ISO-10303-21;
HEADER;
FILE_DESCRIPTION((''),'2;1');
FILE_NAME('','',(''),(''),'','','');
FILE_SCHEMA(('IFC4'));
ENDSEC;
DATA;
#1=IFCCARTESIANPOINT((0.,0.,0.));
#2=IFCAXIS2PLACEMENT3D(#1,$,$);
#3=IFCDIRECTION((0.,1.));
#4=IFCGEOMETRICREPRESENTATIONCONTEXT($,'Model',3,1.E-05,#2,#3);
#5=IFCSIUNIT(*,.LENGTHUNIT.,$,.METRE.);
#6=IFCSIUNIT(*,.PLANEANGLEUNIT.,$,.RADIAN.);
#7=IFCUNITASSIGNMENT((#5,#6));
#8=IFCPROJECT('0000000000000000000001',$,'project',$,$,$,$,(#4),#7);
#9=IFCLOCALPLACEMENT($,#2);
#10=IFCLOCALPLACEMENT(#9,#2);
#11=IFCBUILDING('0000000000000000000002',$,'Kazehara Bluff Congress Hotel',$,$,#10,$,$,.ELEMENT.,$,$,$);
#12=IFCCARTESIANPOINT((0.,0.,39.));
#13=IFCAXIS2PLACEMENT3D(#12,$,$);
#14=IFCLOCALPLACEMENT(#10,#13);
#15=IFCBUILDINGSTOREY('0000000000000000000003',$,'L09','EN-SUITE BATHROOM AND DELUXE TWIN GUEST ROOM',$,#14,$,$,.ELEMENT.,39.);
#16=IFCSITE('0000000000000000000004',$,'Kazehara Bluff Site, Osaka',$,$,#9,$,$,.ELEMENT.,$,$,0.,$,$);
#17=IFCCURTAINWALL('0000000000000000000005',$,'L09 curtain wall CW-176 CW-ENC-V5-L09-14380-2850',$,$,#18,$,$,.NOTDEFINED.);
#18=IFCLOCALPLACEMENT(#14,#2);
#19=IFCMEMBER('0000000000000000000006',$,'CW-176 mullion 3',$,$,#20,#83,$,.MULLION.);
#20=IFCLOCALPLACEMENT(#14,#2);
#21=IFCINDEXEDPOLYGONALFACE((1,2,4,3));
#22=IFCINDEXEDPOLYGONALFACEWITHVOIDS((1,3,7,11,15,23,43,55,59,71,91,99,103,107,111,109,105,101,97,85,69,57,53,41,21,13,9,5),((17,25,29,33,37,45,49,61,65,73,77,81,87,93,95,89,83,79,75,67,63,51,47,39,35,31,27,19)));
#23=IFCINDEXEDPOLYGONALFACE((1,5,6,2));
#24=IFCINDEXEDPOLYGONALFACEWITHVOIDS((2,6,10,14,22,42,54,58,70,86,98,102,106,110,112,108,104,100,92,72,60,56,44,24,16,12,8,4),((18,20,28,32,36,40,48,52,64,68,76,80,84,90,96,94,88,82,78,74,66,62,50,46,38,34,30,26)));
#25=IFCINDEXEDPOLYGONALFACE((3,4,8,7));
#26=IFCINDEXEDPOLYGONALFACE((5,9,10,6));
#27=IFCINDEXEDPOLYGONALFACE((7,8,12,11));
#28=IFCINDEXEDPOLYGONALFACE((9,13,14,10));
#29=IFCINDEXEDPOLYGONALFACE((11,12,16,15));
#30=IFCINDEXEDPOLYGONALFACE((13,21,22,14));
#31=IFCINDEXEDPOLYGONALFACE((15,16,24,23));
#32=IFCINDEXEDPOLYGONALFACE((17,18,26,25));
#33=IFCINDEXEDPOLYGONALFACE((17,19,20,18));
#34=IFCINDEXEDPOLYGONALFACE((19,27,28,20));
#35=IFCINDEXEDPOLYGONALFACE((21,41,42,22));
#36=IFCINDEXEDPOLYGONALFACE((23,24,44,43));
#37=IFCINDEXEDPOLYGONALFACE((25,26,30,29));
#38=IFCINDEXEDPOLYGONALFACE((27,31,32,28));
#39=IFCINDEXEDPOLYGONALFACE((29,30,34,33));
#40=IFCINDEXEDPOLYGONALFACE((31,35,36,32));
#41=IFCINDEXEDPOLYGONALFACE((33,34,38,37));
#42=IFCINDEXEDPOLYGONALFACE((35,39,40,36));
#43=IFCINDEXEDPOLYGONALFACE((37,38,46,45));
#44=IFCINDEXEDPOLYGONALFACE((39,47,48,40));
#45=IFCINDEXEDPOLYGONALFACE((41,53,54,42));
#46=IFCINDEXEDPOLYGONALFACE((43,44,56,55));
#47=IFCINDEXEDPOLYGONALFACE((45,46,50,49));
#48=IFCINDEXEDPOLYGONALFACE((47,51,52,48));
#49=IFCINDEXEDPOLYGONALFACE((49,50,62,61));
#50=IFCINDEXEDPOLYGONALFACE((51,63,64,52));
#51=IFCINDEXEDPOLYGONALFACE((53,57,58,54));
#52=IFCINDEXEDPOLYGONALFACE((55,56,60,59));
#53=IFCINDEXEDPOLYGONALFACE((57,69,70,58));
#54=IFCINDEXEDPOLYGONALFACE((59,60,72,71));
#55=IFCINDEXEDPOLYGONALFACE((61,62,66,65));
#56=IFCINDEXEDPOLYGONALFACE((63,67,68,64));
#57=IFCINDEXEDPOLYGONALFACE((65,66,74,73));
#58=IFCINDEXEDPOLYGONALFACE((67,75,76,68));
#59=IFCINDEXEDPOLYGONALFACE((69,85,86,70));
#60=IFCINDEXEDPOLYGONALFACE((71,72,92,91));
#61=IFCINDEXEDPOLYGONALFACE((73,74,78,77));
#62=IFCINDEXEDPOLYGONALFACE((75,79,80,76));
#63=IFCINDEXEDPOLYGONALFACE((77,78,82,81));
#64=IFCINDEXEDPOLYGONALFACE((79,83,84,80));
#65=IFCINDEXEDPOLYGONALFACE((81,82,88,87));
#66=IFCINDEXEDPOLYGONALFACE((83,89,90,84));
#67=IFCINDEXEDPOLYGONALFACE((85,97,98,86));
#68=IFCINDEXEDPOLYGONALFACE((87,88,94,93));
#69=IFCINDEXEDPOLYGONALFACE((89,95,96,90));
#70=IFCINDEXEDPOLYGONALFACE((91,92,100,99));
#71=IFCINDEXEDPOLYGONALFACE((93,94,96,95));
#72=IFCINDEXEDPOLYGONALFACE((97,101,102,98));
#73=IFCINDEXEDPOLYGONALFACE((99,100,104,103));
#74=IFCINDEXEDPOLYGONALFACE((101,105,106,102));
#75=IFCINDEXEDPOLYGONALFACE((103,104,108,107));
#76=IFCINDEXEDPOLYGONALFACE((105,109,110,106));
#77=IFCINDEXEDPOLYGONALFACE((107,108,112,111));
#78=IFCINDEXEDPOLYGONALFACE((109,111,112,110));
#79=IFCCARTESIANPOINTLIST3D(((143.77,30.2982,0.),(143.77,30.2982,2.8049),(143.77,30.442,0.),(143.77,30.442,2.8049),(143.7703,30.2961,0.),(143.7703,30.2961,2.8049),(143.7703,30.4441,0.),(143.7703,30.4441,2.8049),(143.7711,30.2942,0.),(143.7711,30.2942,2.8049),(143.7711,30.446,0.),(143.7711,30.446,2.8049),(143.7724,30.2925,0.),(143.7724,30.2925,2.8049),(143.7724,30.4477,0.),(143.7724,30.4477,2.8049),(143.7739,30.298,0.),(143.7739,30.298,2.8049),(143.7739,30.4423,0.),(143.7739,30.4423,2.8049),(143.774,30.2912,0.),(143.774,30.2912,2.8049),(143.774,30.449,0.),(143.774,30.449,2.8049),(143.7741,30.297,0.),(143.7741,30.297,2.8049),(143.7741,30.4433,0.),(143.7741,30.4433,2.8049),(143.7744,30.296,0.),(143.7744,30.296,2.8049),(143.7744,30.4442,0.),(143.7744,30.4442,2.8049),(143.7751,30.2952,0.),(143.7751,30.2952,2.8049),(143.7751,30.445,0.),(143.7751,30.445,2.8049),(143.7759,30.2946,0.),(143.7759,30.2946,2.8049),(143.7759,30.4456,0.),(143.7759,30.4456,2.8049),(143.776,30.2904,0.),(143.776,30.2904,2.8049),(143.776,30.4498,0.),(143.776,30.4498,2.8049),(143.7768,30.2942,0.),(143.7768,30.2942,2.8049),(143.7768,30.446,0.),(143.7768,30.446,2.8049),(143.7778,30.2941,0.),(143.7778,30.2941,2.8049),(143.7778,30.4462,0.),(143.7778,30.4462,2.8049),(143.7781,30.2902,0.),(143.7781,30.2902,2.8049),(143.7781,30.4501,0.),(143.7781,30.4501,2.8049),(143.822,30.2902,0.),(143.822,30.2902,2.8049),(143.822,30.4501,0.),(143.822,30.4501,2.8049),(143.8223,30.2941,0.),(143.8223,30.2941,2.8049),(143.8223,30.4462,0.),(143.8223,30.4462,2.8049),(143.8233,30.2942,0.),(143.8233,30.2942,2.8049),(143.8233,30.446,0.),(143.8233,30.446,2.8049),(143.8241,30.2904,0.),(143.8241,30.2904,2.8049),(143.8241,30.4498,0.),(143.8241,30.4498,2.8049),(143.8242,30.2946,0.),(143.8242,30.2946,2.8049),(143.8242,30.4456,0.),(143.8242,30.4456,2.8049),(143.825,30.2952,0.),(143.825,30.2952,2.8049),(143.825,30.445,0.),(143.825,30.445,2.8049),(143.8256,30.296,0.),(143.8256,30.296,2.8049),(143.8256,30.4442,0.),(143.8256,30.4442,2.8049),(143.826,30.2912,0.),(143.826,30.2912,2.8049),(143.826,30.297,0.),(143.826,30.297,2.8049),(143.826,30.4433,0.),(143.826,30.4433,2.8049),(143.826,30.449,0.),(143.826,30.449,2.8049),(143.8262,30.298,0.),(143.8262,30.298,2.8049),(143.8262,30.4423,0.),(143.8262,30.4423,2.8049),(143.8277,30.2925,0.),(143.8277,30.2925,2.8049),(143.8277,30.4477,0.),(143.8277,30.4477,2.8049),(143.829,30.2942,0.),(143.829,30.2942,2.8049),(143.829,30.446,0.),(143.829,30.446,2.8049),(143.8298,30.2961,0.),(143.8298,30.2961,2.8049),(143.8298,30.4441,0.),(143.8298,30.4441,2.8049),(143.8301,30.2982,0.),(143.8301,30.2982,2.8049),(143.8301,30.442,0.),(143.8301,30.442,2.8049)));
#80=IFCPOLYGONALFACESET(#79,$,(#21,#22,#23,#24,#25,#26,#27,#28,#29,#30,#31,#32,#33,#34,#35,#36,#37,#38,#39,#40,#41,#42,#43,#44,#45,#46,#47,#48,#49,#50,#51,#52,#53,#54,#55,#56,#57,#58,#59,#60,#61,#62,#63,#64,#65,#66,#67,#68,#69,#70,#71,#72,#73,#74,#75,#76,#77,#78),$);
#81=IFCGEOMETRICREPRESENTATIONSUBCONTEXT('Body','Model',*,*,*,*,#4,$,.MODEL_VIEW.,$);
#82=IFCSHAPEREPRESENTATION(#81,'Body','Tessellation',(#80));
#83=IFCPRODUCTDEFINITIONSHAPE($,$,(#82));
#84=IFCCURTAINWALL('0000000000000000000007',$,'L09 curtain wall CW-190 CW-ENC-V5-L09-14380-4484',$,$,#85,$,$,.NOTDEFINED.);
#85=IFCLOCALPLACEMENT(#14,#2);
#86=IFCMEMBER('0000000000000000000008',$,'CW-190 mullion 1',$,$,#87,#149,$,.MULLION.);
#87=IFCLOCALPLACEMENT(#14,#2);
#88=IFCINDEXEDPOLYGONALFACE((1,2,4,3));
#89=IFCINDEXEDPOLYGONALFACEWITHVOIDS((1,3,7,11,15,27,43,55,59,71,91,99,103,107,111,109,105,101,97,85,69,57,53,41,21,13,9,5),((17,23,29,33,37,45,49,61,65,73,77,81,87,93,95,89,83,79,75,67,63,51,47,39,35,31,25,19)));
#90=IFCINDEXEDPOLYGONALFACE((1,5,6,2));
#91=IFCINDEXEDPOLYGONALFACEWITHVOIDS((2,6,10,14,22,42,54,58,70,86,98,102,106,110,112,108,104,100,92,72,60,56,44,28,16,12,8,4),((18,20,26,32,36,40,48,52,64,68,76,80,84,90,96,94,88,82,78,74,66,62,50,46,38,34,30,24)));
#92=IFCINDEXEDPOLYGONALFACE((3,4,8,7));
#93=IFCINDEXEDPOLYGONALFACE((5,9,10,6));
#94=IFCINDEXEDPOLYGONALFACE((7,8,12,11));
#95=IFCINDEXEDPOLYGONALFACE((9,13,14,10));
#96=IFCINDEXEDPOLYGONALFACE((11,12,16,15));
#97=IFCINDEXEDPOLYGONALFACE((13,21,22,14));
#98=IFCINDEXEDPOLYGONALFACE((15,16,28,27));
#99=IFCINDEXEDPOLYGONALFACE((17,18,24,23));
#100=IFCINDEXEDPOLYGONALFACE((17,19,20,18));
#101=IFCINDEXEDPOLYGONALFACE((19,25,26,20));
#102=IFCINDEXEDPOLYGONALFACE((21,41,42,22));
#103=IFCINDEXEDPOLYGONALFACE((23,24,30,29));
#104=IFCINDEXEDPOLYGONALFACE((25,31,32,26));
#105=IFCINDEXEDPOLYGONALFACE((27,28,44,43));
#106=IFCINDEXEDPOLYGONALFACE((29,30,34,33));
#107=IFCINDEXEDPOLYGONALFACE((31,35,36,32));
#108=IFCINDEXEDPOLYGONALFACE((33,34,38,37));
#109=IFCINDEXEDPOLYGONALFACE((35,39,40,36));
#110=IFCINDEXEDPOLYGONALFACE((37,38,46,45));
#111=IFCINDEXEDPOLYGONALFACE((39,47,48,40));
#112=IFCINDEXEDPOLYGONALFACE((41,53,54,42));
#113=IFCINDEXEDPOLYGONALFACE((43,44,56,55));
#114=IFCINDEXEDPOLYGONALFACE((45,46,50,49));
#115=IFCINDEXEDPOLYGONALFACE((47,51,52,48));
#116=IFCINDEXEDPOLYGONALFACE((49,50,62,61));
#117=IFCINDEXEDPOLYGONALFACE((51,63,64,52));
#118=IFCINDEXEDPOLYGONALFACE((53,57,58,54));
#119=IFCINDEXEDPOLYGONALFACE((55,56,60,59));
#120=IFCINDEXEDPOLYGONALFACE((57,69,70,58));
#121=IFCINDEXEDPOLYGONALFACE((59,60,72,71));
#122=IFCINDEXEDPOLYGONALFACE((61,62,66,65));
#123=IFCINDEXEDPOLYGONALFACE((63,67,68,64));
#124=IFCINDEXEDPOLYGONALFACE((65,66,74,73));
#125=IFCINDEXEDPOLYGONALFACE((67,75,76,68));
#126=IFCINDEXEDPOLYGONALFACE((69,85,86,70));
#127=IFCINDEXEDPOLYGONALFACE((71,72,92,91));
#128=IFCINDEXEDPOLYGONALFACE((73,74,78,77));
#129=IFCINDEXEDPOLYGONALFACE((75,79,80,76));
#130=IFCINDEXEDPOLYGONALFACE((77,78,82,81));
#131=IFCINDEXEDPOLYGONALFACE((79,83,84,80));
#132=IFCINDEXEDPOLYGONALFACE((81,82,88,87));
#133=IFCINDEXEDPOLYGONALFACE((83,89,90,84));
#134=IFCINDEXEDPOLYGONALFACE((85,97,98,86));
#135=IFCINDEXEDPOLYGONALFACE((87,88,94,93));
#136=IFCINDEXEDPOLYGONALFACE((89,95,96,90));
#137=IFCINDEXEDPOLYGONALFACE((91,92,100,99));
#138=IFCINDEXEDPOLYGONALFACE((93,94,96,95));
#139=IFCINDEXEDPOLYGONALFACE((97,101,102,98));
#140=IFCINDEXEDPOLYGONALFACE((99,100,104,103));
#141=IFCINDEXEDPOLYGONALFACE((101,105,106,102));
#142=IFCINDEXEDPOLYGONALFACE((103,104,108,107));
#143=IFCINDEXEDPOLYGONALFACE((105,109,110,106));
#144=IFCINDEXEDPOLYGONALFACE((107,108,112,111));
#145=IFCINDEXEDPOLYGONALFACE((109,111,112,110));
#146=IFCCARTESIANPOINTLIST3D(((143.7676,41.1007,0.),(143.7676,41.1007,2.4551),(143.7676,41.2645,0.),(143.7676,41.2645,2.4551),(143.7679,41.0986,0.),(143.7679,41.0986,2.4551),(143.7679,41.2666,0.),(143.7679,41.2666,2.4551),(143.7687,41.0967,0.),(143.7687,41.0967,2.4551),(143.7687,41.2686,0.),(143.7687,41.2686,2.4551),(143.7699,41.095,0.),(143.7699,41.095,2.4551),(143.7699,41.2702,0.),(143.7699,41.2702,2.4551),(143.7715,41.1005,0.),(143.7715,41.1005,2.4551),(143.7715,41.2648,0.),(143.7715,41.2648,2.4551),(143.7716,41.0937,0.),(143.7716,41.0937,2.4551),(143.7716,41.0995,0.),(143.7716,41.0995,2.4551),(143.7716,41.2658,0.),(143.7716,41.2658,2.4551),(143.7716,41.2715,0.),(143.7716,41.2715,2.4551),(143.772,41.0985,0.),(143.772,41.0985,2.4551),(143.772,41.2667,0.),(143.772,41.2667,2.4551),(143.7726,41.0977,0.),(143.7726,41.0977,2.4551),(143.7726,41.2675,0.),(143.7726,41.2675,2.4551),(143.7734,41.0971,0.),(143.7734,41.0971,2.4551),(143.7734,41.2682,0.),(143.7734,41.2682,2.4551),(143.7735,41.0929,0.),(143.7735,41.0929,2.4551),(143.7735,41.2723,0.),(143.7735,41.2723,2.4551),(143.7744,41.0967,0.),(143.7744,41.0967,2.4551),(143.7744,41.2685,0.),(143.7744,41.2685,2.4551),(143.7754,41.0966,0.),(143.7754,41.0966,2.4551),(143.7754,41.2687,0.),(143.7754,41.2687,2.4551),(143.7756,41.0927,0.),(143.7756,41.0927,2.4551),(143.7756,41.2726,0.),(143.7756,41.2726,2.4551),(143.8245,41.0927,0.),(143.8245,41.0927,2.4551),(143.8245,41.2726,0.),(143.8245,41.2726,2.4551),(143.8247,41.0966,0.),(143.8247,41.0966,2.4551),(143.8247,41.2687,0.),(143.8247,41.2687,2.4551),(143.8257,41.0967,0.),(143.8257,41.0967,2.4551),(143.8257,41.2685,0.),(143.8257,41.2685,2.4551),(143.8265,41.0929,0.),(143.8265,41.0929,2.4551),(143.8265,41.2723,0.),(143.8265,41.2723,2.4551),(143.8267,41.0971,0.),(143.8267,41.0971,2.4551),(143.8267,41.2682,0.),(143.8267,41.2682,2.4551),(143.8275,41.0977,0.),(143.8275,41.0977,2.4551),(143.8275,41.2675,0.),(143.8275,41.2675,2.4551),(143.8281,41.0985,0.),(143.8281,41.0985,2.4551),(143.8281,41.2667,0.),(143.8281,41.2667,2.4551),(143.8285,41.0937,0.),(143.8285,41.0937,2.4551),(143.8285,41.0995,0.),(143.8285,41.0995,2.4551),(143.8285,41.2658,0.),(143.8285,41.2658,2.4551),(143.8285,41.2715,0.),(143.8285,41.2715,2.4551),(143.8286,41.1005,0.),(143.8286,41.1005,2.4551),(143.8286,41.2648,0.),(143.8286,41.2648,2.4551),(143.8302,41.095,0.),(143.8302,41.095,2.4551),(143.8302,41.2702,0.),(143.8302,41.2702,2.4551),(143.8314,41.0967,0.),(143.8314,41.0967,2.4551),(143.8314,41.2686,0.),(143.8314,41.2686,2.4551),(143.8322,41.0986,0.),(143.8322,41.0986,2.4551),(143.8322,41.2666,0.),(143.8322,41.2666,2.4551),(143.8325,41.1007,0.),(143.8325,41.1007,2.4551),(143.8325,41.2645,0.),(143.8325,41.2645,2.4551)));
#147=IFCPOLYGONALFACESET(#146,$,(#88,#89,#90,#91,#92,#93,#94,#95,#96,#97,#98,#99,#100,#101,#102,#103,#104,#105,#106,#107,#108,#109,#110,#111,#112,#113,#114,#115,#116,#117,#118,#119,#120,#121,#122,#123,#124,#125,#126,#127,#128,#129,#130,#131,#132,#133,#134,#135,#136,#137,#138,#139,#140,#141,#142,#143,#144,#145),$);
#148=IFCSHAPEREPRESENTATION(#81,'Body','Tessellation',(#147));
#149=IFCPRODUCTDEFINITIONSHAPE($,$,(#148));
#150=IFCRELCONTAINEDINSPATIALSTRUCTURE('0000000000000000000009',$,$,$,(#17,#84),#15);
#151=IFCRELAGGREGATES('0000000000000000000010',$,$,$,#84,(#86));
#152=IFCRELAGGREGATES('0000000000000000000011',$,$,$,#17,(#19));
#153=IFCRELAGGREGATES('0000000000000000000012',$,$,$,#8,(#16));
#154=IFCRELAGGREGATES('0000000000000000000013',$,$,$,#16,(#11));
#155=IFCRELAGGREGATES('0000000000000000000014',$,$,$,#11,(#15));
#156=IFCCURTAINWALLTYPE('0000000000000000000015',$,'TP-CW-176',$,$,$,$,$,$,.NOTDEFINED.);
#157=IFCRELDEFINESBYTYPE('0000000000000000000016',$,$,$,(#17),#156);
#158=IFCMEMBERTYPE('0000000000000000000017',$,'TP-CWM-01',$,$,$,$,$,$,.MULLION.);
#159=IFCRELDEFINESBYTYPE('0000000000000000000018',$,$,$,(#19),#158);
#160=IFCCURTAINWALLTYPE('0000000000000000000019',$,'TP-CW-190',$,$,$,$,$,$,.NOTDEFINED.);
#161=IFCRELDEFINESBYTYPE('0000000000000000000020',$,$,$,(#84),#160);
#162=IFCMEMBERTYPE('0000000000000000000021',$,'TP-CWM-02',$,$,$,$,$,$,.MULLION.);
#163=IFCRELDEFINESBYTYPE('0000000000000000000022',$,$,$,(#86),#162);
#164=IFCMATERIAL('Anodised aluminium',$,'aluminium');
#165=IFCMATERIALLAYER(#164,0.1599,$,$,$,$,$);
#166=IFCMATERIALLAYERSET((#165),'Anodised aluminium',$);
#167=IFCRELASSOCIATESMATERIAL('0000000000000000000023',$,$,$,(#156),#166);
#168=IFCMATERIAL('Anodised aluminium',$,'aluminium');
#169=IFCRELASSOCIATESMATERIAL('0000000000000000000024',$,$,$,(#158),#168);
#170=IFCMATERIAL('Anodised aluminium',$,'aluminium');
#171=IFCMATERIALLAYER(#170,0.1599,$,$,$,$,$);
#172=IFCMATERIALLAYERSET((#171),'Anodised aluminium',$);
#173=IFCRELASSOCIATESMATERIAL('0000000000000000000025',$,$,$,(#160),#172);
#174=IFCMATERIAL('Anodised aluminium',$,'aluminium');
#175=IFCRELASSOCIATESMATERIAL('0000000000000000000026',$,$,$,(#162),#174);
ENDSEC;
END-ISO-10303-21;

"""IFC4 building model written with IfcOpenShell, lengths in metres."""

from ifc_helpers import new_model, si_unit, direction, frame, origin, origin_2d, place, context, subcontext, project, spatial, hollow_rectangle, extrude, material, layer, layer_set, material_profile, profile_set, type_object, element, aggregate, save


model = new_model("IFC4")

# Units and contexts
model_context = context("Model", 3, precision=1e-05, world=origin(), true_north=direction((0.0, 1.0)))
body_context = subcontext(model_context, "Body", "Model", "MODEL_VIEW")
ifc_project = project(units=[si_unit("LENGTHUNIT", "METRE"), si_unit("PLANEANGLEUNIT", "RADIAN")], contexts=[model_context])

# Site, building, storey
site_placement = place(None, origin())
site = spatial("IfcSite", under=ifc_project, at=site_placement, Name="Kazehara Bluff Site, Osaka", CompositionType="ELEMENT", RefElevation=0.0)
building_placement = place(site_placement, origin())
building = spatial("IfcBuilding", under=site, at=building_placement, Name="Kazehara Bluff Congress Hotel", CompositionType="ELEMENT")
storey_placement = place(building_placement, frame((0.0, 0.0, 39.0)))
storey = spatial("IfcBuildingStorey", under=building, at=storey_placement, Name="L09", Description="EN-SUITE BATHROOM AND DELUXE TWIN GUEST ROOM", CompositionType="ELEMENT", Elevation=39.0)

# Curtain walls, members
ifc_material_1 = material(Name="Anodised aluminium", Category="aluminium")
ifc_layer_1 = layer(ifc_material_1, 0.1599)
ifc_layer_set_1 = layer_set([ifc_layer_1], Name="Anodised aluminium")
curtain_wall_type_1 = type_object("IfcCurtainWallType", Name="TP-CW-176", PredefinedType="NOTDEFINED", material=ifc_layer_set_1)
curtain_wall_1_placement = place(storey_placement, origin())
curtain_wall_1 = element("IfcCurtainWall", 1, at=curtain_wall_1_placement, inside=storey, type_object=curtain_wall_type_1, Name="L09 curtain wall CW-176 CW-ENC-V5-L09-14380-2850", PredefinedType="NOTDEFINED")
ifc_material_2 = material(Name="Anodised aluminium", Category="aluminium")
ifc_material_profile_1 = material_profile(ifc_material_2, hollow_rectangle(XDim=0.0601, YDim=0.1599, WallThickness=0.0039, InnerFilletRadius=0.0039, OuterFilletRadius=0.0081, at=origin_2d()))
ifc_profile_set_1 = profile_set([ifc_material_profile_1], Name="Anodised aluminium")
member_type_1 = type_object("IfcMemberType", Name="TP-CWM-01", PredefinedType="MULLION", material=ifc_profile_set_1)
member_1_placement = place(storey_placement, frame((143.8, 30.3701, 0.0), z_axis=(0.0, 0.0, 1.0), x_axis=(-1.0, 0.0, 0.0)))
member_1 = element("IfcMember", 2, at=member_1_placement, type_object=member_type_1, Name="CW-176 mullion 3", PredefinedType="MULLION", context=body_context, shape_type="SweptSolid", body=[
    extrude(hollow_rectangle(XDim=0.0601, YDim=0.1599, WallThickness=0.0039, InnerFilletRadius=0.0039, OuterFilletRadius=0.0081, at=origin_2d()), origin(), (0.0, 0.0, 1.0), 2.8049),
])
ifc_material_3 = material(Name="Anodised aluminium", Category="aluminium")
ifc_layer_2 = layer(ifc_material_3, 0.1599)
ifc_layer_set_2 = layer_set([ifc_layer_2], Name="Anodised aluminium")
curtain_wall_type_2 = type_object("IfcCurtainWallType", Name="TP-CW-190", PredefinedType="NOTDEFINED", material=ifc_layer_set_2)
curtain_wall_2_placement = place(storey_placement, origin())
curtain_wall_2 = element("IfcCurtainWall", 3, at=curtain_wall_2_placement, inside=storey, type_object=curtain_wall_type_2, Name="L09 curtain wall CW-190 CW-ENC-V5-L09-14380-4484", PredefinedType="NOTDEFINED")
ifc_material_4 = material(Name="Anodised aluminium", Category="aluminium")
ifc_material_profile_2 = material_profile(ifc_material_4, hollow_rectangle(XDim=0.0649, YDim=0.1799, WallThickness=0.0039, InnerFilletRadius=0.0039, OuterFilletRadius=0.0081, at=origin_2d()))
ifc_profile_set_2 = profile_set([ifc_material_profile_2], Name="Anodised aluminium")
member_type_2 = type_object("IfcMemberType", Name="TP-CWM-02", PredefinedType="MULLION", material=ifc_profile_set_2)
member_2_placement = place(storey_placement, frame((143.8, 41.1826, 0.0), z_axis=(0.0, 0.0, 1.0), x_axis=(-1.0, 0.0, 0.0)))
member_2 = element("IfcMember", 4, at=member_2_placement, type_object=member_type_2, Name="CW-190 mullion 1", PredefinedType="MULLION", context=body_context, shape_type="SweptSolid", body=[
    extrude(hollow_rectangle(XDim=0.0649, YDim=0.1799, WallThickness=0.0039, InnerFilletRadius=0.0039, OuterFilletRadius=0.0081, at=origin_2d()), origin(), (0.0, 0.0, 1.0), 2.4551),
])

aggregate(curtain_wall_2, [member_2])

aggregate(curtain_wall_1, [member_1])

save(model, "model.ifc")
